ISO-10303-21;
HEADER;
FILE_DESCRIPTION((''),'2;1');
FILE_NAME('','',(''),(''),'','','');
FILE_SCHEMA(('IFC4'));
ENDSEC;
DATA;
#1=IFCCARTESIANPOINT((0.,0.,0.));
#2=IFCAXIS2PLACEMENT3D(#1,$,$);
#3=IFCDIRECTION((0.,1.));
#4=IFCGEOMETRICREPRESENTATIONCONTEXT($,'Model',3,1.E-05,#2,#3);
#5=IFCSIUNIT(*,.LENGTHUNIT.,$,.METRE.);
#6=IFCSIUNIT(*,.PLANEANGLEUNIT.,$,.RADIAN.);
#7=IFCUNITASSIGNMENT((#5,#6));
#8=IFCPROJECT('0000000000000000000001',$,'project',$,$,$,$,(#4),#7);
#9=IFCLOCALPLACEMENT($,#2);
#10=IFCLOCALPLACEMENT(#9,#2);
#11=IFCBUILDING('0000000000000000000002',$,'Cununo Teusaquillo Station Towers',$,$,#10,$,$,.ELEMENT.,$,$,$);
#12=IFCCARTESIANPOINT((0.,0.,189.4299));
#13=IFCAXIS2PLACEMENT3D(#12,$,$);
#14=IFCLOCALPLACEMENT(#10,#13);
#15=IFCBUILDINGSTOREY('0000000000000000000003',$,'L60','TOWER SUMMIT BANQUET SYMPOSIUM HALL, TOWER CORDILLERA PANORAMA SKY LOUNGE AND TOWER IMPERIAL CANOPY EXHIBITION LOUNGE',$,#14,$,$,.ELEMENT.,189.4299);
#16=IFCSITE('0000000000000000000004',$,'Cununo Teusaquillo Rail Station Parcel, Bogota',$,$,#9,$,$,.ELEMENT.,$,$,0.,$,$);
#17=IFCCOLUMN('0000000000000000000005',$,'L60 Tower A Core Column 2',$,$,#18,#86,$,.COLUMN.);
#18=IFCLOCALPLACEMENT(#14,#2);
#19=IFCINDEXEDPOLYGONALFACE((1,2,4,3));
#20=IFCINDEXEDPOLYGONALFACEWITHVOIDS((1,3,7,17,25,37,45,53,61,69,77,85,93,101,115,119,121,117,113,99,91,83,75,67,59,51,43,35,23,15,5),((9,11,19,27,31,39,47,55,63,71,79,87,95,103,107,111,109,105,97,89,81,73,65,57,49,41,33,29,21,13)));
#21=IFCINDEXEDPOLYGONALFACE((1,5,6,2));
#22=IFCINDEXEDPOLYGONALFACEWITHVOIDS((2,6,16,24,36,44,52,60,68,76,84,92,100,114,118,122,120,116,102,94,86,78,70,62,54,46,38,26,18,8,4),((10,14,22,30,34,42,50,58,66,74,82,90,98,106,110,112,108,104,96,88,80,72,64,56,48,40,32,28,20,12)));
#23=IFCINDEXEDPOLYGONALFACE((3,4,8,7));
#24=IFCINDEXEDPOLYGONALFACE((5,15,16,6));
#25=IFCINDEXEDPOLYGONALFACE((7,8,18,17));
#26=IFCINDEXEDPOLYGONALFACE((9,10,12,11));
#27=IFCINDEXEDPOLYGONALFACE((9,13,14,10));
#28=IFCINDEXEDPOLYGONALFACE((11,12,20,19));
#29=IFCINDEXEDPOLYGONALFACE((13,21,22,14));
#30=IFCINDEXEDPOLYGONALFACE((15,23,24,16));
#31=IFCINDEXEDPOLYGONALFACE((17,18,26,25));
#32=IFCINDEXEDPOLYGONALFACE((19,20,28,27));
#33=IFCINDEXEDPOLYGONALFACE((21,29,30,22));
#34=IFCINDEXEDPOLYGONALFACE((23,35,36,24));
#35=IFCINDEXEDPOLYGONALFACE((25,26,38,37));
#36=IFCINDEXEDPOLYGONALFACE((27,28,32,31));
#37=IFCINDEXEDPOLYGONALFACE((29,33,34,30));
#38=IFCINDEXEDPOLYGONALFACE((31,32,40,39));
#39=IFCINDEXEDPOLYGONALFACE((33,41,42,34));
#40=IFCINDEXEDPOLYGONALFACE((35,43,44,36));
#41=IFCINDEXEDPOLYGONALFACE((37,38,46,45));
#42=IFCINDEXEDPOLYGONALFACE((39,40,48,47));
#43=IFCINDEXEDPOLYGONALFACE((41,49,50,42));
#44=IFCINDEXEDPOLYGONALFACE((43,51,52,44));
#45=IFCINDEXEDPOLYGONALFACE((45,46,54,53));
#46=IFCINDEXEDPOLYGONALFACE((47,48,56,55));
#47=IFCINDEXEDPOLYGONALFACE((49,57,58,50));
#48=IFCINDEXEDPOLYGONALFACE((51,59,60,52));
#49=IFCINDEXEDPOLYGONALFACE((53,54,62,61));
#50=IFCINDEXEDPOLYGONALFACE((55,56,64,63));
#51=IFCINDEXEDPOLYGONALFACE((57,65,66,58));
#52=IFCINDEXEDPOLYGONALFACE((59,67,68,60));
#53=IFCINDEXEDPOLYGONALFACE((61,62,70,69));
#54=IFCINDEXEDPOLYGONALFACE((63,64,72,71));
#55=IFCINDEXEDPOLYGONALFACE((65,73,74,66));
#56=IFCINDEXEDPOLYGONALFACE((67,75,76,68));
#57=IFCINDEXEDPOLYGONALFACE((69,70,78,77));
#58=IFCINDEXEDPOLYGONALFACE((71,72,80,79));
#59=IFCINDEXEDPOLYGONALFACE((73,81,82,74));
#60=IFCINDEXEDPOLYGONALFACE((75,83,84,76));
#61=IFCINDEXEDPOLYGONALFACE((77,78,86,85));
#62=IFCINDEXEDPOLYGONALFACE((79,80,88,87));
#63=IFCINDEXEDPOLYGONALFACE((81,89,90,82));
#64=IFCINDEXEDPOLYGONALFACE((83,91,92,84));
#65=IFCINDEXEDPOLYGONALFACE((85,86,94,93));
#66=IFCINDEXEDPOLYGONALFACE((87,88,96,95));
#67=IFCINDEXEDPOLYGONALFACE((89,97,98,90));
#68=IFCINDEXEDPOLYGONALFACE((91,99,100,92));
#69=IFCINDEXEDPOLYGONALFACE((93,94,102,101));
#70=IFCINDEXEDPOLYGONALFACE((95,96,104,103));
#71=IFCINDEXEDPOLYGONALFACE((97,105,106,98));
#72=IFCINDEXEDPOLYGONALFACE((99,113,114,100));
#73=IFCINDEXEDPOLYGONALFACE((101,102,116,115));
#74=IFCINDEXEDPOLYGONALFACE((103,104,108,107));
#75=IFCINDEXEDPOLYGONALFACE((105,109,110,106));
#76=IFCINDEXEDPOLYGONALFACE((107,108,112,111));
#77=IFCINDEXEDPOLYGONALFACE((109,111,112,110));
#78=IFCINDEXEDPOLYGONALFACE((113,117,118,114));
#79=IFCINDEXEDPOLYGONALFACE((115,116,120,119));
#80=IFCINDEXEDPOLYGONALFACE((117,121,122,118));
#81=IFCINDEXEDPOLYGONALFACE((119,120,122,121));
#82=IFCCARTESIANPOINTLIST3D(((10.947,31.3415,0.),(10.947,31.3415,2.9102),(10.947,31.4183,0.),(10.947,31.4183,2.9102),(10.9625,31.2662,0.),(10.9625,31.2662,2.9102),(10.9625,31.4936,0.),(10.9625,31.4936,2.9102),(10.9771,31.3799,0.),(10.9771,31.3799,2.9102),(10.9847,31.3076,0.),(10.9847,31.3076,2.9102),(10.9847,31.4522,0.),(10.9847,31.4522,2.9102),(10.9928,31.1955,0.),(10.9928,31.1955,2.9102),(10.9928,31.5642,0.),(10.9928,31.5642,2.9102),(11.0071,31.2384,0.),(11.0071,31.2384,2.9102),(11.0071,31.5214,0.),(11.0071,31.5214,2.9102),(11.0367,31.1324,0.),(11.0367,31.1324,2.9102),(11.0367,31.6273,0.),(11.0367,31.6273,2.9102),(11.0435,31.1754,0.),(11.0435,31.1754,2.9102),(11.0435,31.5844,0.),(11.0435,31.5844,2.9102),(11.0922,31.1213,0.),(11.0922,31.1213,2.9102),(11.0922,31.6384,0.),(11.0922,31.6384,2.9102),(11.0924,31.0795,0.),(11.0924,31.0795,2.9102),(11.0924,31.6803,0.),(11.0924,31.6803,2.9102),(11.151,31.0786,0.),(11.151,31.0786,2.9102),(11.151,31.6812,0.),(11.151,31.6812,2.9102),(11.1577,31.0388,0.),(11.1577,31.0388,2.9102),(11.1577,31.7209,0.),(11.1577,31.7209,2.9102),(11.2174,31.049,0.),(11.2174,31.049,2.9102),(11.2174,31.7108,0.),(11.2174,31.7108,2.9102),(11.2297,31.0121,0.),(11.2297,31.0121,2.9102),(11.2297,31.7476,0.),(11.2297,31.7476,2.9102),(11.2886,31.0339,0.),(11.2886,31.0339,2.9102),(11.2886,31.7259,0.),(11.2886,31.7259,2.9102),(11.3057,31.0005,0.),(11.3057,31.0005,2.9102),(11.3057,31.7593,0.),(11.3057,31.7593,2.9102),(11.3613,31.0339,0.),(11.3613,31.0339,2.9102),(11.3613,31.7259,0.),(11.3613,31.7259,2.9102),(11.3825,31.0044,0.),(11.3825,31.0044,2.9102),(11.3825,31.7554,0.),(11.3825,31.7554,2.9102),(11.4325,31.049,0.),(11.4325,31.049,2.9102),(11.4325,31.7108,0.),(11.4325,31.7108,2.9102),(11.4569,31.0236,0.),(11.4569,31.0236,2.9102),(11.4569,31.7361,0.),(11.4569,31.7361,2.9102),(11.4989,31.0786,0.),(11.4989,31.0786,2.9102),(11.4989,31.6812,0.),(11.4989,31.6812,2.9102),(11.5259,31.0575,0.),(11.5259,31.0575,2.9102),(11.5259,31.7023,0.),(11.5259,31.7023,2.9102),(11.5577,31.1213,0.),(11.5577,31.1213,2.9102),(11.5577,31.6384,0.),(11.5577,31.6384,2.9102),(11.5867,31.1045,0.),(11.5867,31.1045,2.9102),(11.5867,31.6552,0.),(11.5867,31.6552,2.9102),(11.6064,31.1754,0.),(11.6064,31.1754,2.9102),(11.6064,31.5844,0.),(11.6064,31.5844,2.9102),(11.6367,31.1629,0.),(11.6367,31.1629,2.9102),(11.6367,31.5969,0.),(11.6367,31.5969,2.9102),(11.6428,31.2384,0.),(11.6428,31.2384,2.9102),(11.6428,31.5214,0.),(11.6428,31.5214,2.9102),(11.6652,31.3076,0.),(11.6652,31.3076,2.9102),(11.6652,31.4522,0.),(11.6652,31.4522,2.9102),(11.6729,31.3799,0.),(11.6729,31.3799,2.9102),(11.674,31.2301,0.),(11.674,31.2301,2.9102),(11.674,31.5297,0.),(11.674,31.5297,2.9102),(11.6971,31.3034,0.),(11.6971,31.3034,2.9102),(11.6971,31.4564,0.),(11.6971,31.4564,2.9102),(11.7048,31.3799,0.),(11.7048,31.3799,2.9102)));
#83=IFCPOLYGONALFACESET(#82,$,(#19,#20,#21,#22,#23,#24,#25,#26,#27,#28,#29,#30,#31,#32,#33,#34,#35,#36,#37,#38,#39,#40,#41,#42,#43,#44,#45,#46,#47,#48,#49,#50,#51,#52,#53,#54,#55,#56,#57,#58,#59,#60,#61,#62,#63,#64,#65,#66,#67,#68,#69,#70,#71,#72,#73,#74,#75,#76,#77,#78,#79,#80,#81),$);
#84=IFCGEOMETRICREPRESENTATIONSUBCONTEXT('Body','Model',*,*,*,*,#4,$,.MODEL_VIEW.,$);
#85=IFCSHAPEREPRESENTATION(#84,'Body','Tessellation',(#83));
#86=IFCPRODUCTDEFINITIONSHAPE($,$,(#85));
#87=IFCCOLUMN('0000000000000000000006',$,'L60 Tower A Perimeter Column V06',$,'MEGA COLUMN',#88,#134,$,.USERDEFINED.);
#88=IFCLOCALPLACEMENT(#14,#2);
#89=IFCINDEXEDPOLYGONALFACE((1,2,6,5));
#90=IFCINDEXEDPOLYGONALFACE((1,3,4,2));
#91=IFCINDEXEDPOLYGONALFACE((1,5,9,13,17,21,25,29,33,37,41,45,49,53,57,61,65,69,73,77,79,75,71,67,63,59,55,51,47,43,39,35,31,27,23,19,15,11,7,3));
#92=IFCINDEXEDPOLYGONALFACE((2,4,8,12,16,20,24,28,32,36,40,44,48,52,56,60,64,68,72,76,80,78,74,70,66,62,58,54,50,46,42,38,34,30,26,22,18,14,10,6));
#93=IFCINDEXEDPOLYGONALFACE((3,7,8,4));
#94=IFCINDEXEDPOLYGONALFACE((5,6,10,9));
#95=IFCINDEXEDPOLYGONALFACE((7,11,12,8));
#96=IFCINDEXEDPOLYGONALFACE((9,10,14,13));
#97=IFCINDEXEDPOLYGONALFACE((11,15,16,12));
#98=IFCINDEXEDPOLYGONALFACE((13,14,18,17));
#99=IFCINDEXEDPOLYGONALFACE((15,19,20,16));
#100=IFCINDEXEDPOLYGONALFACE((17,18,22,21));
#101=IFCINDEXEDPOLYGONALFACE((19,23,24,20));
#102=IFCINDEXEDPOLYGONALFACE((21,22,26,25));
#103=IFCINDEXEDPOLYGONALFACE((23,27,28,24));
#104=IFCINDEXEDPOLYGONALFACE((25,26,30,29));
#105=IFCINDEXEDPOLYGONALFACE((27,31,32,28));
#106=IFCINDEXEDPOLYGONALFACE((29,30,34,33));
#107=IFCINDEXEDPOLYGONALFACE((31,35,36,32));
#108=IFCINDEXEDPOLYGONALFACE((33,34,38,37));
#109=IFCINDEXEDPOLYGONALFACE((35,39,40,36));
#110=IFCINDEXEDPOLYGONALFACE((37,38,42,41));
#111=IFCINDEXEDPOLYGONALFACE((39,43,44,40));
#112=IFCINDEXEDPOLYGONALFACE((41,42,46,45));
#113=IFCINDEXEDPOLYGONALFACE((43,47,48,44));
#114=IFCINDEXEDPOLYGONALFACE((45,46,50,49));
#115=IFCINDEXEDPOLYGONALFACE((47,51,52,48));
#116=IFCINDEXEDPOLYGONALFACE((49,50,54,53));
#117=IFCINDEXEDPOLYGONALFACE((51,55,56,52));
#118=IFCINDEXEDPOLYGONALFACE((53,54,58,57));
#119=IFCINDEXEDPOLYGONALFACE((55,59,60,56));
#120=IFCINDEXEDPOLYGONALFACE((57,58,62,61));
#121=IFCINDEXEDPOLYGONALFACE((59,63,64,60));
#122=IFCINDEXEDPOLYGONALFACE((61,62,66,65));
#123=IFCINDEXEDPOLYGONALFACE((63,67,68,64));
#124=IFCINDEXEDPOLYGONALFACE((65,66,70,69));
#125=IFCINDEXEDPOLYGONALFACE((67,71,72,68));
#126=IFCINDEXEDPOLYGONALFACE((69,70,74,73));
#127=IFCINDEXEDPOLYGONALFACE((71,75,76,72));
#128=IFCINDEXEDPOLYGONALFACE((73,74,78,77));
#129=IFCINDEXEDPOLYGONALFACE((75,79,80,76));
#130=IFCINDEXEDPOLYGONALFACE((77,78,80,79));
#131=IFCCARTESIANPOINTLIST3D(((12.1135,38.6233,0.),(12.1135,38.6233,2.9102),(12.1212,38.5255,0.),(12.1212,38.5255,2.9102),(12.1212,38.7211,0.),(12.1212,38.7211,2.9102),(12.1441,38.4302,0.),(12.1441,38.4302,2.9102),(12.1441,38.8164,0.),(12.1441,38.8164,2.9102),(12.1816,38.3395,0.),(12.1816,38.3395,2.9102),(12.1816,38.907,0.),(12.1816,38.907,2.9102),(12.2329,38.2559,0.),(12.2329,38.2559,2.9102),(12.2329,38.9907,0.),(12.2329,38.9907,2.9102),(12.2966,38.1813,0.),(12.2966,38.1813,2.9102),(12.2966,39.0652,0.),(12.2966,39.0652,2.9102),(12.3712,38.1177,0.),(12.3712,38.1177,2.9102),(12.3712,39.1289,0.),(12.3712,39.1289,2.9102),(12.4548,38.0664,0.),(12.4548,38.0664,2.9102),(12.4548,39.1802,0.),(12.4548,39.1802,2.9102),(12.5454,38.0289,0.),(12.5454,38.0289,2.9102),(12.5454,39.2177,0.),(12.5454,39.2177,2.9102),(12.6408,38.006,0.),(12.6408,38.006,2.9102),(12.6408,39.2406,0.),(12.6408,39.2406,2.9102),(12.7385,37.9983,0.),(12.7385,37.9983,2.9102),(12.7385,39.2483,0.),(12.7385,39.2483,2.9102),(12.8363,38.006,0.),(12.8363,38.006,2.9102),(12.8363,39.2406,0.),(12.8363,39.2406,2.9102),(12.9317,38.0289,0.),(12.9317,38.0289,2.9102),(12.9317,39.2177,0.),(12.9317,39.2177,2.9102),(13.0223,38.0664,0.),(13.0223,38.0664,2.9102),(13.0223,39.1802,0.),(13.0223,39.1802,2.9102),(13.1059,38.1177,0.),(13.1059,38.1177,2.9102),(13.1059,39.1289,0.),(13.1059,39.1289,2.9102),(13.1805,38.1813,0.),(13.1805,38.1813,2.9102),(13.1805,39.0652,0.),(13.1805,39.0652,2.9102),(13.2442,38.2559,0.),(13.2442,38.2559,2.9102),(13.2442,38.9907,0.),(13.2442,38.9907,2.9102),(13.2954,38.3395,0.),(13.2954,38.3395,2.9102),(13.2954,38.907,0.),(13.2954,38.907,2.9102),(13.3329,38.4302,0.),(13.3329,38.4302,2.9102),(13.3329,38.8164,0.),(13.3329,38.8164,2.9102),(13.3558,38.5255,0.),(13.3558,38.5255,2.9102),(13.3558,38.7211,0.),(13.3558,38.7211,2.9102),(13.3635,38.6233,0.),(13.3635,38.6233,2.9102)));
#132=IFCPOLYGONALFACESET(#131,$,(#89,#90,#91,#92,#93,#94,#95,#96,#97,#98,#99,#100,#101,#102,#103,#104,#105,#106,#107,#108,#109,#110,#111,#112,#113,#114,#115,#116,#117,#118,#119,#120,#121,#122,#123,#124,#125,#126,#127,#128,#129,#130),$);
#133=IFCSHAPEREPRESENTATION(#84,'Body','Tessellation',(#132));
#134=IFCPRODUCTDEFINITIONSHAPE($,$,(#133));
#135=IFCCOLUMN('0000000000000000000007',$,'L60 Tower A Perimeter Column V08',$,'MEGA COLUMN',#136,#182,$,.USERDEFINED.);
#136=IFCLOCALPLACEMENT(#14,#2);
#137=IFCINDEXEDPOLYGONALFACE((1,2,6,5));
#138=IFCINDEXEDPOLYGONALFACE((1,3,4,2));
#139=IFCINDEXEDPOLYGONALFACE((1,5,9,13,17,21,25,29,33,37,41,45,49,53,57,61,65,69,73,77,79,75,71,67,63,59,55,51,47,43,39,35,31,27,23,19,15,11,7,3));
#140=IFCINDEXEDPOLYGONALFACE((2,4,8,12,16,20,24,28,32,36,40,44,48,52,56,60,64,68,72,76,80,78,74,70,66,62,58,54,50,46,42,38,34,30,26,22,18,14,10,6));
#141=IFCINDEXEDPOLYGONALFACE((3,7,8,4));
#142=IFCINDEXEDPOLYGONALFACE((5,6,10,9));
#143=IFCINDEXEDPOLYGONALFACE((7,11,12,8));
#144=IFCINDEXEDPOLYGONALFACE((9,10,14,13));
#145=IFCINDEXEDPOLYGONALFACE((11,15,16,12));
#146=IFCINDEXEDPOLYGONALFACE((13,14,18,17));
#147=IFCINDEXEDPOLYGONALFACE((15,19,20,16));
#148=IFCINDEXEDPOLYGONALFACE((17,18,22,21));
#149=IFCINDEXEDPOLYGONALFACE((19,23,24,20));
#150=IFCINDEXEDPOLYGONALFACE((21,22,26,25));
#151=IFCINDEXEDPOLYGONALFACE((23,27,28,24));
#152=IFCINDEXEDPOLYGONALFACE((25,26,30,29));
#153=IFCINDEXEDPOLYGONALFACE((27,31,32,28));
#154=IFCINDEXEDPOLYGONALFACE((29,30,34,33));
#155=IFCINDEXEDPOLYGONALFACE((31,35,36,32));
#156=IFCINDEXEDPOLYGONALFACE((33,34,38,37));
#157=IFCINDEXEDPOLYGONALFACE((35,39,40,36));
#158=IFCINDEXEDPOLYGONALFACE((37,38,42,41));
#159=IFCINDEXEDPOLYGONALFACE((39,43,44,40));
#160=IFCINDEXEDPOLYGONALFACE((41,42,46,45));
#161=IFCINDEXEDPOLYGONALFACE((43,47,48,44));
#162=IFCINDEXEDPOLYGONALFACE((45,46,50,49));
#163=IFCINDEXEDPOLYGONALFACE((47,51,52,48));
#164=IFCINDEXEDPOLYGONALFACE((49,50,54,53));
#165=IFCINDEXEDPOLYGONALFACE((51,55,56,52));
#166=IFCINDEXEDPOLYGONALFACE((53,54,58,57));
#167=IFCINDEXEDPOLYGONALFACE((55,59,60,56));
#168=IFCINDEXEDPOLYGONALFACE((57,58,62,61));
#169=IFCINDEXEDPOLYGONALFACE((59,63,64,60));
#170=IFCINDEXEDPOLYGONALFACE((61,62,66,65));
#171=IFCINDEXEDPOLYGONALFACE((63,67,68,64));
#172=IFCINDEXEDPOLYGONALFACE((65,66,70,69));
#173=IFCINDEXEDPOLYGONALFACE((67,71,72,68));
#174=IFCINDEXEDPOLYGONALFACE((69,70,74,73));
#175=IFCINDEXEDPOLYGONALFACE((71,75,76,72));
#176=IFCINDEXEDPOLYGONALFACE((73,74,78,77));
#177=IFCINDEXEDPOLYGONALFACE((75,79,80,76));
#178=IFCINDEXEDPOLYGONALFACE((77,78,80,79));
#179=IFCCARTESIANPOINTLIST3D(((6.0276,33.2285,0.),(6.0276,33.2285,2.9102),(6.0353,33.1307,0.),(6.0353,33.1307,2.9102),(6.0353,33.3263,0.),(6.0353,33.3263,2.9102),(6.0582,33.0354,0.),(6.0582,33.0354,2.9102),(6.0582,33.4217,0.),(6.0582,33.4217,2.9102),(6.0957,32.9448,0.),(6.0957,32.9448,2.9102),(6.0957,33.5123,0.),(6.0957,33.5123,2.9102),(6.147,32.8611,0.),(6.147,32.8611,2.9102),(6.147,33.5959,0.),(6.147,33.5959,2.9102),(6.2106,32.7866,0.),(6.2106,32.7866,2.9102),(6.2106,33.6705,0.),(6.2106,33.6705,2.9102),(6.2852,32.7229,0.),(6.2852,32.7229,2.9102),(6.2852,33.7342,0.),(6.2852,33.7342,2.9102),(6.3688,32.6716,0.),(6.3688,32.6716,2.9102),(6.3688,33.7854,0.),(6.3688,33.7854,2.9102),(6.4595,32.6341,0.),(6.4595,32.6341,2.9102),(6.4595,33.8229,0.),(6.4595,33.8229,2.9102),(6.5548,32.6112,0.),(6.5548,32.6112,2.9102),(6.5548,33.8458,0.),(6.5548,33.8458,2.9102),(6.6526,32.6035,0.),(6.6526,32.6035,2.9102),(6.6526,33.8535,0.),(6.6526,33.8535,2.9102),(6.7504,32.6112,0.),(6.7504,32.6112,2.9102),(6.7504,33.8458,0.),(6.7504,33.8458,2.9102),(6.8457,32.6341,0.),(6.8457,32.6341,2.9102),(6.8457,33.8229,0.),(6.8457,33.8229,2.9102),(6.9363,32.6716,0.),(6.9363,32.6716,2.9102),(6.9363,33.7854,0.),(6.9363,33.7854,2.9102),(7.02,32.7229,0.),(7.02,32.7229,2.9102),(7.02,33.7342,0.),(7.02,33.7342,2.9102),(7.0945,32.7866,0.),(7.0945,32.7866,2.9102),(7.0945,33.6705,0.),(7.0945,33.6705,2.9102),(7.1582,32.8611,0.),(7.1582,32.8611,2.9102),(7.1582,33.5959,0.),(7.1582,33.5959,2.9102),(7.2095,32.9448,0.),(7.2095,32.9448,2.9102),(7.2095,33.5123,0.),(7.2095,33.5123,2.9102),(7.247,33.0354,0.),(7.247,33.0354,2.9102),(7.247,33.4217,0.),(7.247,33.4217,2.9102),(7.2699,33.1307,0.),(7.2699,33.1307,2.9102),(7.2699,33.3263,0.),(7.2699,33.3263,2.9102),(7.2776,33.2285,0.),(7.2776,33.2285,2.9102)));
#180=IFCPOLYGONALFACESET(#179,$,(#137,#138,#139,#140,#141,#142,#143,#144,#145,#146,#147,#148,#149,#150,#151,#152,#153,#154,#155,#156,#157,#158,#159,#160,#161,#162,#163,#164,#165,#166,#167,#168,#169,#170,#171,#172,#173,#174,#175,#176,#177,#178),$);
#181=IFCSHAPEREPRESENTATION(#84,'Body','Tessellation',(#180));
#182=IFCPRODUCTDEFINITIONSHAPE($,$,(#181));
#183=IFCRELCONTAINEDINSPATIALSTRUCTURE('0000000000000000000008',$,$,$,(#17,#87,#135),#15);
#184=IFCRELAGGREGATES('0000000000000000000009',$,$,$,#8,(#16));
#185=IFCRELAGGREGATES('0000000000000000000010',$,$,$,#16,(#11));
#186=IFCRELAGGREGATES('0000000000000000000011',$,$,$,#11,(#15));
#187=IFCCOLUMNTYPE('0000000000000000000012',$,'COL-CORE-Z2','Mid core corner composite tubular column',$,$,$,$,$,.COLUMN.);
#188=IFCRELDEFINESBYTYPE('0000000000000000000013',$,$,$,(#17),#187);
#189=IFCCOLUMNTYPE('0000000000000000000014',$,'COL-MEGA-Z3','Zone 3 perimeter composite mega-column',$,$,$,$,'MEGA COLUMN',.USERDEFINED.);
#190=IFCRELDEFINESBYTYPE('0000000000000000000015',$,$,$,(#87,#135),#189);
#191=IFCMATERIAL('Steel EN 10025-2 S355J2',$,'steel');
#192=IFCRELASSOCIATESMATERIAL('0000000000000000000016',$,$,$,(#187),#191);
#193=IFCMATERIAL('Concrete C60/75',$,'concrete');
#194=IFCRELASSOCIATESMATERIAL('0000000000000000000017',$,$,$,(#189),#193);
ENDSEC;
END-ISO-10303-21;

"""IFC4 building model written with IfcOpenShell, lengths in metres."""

from ifc_helpers import new_model, si_unit, direction, frame, origin, origin_2d, place, context, subcontext, project, spatial, circle, hollow_circle, extrude, material, material_profile, profile_set, type_object, element, save


model = new_model("IFC4")

# Units and contexts
model_context = context("Model", 3, precision=1e-05, world=origin(), true_north=direction((0.0, 1.0)))
body_context = subcontext(model_context, "Body", "Model", "MODEL_VIEW")
ifc_project = project(units=[si_unit("LENGTHUNIT", "METRE"), si_unit("PLANEANGLEUNIT", "RADIAN")], contexts=[model_context])

# Site, building, storey
site_placement = place(None, origin())
site = spatial("IfcSite", under=ifc_project, at=site_placement, Name="Cununo Teusaquillo Rail Station Parcel, Bogota", CompositionType="ELEMENT", RefElevation=0.0)
building_placement = place(site_placement, origin())
building = spatial("IfcBuilding", under=site, at=building_placement, Name="Cununo Teusaquillo Station Towers", CompositionType="ELEMENT")
storey_placement = place(building_placement, frame((0.0, 0.0, 189.4299)))
storey = spatial("IfcBuildingStorey", under=building, at=storey_placement, Name="L60", Description="TOWER SUMMIT BANQUET SYMPOSIUM HALL, TOWER CORDILLERA PANORAMA SKY LOUNGE AND TOWER IMPERIAL CANOPY EXHIBITION LOUNGE", CompositionType="ELEMENT", Elevation=189.4299)

# Columns
ifc_material_1 = material(Name="Steel EN 10025-2 S355J2", Category="steel")
ifc_material_profile_1 = material_profile(ifc_material_1, hollow_circle(Radius=0.3799, WallThickness=0.032, at=origin_2d()), Name="CHS 760x32")
ifc_profile_set_1 = profile_set([ifc_material_profile_1], Name="Steel EN 10025-2 S355J2")
column_type_1 = type_object("IfcColumnType", Name="COL-CORE-Z2", Description="Mid core corner composite tubular column", PredefinedType="COLUMN", material=ifc_profile_set_1)
column_placement = place(storey_placement, frame((11.325, 31.3799, 0.0), z_axis=(0.0, 0.0, 1.0), x_axis=(1.0, 0.0, 0.0)))
element("IfcColumn", 1, at=column_placement, inside=storey, type_object=column_type_1, Name="L60 Tower A Core Column 2", PredefinedType="COLUMN", context=body_context, shape_type="SweptSolid", body=[
    extrude(hollow_circle(Radius=0.3799, WallThickness=0.032, at=origin_2d()), origin(), (0.0, 0.0, 1.0), 2.9102),
])
ifc_material_2 = material(Name="Concrete C60/75", Category="concrete")
ifc_material_profile_2 = material_profile(ifc_material_2, circle(Radius=0.625, at=origin_2d()), Name="RC-CIRC-1250")
ifc_profile_set_2 = profile_set([ifc_material_profile_2], Name="Concrete C60/75")
column_type_2 = type_object("IfcColumnType", Name="COL-MEGA-Z3", Description="Zone 3 perimeter composite mega-column", ElementType="MEGA COLUMN", PredefinedType="USERDEFINED", material=ifc_profile_set_2)
for number, where, z_axis, x_axis, name in (
    (2, (12.7385, 38.6233, 0.0), (0.0, 0.0, 1.0), (1.0, 0.0, 0.0), "L60 Tower A Perimeter Column V06"),
    (3, (6.6526, 33.2285, 0.0), (0.0, 0.0, 1.0), (1.0, 0.0, 0.0), "L60 Tower A Perimeter Column V08"),
):
    element("IfcColumn", number, at=place(storey_placement, frame(where, z_axis=z_axis, x_axis=x_axis)), inside=storey, type_object=column_type_2, Name=name, ObjectType="MEGA COLUMN", PredefinedType="USERDEFINED", context=body_context, shape_type="SweptSolid", body=[
        extrude(circle(Radius=0.625, at=origin_2d()), origin(), (0.0, 0.0, 1.0), 2.9102),
    ])

save(model, "model.ifc")
